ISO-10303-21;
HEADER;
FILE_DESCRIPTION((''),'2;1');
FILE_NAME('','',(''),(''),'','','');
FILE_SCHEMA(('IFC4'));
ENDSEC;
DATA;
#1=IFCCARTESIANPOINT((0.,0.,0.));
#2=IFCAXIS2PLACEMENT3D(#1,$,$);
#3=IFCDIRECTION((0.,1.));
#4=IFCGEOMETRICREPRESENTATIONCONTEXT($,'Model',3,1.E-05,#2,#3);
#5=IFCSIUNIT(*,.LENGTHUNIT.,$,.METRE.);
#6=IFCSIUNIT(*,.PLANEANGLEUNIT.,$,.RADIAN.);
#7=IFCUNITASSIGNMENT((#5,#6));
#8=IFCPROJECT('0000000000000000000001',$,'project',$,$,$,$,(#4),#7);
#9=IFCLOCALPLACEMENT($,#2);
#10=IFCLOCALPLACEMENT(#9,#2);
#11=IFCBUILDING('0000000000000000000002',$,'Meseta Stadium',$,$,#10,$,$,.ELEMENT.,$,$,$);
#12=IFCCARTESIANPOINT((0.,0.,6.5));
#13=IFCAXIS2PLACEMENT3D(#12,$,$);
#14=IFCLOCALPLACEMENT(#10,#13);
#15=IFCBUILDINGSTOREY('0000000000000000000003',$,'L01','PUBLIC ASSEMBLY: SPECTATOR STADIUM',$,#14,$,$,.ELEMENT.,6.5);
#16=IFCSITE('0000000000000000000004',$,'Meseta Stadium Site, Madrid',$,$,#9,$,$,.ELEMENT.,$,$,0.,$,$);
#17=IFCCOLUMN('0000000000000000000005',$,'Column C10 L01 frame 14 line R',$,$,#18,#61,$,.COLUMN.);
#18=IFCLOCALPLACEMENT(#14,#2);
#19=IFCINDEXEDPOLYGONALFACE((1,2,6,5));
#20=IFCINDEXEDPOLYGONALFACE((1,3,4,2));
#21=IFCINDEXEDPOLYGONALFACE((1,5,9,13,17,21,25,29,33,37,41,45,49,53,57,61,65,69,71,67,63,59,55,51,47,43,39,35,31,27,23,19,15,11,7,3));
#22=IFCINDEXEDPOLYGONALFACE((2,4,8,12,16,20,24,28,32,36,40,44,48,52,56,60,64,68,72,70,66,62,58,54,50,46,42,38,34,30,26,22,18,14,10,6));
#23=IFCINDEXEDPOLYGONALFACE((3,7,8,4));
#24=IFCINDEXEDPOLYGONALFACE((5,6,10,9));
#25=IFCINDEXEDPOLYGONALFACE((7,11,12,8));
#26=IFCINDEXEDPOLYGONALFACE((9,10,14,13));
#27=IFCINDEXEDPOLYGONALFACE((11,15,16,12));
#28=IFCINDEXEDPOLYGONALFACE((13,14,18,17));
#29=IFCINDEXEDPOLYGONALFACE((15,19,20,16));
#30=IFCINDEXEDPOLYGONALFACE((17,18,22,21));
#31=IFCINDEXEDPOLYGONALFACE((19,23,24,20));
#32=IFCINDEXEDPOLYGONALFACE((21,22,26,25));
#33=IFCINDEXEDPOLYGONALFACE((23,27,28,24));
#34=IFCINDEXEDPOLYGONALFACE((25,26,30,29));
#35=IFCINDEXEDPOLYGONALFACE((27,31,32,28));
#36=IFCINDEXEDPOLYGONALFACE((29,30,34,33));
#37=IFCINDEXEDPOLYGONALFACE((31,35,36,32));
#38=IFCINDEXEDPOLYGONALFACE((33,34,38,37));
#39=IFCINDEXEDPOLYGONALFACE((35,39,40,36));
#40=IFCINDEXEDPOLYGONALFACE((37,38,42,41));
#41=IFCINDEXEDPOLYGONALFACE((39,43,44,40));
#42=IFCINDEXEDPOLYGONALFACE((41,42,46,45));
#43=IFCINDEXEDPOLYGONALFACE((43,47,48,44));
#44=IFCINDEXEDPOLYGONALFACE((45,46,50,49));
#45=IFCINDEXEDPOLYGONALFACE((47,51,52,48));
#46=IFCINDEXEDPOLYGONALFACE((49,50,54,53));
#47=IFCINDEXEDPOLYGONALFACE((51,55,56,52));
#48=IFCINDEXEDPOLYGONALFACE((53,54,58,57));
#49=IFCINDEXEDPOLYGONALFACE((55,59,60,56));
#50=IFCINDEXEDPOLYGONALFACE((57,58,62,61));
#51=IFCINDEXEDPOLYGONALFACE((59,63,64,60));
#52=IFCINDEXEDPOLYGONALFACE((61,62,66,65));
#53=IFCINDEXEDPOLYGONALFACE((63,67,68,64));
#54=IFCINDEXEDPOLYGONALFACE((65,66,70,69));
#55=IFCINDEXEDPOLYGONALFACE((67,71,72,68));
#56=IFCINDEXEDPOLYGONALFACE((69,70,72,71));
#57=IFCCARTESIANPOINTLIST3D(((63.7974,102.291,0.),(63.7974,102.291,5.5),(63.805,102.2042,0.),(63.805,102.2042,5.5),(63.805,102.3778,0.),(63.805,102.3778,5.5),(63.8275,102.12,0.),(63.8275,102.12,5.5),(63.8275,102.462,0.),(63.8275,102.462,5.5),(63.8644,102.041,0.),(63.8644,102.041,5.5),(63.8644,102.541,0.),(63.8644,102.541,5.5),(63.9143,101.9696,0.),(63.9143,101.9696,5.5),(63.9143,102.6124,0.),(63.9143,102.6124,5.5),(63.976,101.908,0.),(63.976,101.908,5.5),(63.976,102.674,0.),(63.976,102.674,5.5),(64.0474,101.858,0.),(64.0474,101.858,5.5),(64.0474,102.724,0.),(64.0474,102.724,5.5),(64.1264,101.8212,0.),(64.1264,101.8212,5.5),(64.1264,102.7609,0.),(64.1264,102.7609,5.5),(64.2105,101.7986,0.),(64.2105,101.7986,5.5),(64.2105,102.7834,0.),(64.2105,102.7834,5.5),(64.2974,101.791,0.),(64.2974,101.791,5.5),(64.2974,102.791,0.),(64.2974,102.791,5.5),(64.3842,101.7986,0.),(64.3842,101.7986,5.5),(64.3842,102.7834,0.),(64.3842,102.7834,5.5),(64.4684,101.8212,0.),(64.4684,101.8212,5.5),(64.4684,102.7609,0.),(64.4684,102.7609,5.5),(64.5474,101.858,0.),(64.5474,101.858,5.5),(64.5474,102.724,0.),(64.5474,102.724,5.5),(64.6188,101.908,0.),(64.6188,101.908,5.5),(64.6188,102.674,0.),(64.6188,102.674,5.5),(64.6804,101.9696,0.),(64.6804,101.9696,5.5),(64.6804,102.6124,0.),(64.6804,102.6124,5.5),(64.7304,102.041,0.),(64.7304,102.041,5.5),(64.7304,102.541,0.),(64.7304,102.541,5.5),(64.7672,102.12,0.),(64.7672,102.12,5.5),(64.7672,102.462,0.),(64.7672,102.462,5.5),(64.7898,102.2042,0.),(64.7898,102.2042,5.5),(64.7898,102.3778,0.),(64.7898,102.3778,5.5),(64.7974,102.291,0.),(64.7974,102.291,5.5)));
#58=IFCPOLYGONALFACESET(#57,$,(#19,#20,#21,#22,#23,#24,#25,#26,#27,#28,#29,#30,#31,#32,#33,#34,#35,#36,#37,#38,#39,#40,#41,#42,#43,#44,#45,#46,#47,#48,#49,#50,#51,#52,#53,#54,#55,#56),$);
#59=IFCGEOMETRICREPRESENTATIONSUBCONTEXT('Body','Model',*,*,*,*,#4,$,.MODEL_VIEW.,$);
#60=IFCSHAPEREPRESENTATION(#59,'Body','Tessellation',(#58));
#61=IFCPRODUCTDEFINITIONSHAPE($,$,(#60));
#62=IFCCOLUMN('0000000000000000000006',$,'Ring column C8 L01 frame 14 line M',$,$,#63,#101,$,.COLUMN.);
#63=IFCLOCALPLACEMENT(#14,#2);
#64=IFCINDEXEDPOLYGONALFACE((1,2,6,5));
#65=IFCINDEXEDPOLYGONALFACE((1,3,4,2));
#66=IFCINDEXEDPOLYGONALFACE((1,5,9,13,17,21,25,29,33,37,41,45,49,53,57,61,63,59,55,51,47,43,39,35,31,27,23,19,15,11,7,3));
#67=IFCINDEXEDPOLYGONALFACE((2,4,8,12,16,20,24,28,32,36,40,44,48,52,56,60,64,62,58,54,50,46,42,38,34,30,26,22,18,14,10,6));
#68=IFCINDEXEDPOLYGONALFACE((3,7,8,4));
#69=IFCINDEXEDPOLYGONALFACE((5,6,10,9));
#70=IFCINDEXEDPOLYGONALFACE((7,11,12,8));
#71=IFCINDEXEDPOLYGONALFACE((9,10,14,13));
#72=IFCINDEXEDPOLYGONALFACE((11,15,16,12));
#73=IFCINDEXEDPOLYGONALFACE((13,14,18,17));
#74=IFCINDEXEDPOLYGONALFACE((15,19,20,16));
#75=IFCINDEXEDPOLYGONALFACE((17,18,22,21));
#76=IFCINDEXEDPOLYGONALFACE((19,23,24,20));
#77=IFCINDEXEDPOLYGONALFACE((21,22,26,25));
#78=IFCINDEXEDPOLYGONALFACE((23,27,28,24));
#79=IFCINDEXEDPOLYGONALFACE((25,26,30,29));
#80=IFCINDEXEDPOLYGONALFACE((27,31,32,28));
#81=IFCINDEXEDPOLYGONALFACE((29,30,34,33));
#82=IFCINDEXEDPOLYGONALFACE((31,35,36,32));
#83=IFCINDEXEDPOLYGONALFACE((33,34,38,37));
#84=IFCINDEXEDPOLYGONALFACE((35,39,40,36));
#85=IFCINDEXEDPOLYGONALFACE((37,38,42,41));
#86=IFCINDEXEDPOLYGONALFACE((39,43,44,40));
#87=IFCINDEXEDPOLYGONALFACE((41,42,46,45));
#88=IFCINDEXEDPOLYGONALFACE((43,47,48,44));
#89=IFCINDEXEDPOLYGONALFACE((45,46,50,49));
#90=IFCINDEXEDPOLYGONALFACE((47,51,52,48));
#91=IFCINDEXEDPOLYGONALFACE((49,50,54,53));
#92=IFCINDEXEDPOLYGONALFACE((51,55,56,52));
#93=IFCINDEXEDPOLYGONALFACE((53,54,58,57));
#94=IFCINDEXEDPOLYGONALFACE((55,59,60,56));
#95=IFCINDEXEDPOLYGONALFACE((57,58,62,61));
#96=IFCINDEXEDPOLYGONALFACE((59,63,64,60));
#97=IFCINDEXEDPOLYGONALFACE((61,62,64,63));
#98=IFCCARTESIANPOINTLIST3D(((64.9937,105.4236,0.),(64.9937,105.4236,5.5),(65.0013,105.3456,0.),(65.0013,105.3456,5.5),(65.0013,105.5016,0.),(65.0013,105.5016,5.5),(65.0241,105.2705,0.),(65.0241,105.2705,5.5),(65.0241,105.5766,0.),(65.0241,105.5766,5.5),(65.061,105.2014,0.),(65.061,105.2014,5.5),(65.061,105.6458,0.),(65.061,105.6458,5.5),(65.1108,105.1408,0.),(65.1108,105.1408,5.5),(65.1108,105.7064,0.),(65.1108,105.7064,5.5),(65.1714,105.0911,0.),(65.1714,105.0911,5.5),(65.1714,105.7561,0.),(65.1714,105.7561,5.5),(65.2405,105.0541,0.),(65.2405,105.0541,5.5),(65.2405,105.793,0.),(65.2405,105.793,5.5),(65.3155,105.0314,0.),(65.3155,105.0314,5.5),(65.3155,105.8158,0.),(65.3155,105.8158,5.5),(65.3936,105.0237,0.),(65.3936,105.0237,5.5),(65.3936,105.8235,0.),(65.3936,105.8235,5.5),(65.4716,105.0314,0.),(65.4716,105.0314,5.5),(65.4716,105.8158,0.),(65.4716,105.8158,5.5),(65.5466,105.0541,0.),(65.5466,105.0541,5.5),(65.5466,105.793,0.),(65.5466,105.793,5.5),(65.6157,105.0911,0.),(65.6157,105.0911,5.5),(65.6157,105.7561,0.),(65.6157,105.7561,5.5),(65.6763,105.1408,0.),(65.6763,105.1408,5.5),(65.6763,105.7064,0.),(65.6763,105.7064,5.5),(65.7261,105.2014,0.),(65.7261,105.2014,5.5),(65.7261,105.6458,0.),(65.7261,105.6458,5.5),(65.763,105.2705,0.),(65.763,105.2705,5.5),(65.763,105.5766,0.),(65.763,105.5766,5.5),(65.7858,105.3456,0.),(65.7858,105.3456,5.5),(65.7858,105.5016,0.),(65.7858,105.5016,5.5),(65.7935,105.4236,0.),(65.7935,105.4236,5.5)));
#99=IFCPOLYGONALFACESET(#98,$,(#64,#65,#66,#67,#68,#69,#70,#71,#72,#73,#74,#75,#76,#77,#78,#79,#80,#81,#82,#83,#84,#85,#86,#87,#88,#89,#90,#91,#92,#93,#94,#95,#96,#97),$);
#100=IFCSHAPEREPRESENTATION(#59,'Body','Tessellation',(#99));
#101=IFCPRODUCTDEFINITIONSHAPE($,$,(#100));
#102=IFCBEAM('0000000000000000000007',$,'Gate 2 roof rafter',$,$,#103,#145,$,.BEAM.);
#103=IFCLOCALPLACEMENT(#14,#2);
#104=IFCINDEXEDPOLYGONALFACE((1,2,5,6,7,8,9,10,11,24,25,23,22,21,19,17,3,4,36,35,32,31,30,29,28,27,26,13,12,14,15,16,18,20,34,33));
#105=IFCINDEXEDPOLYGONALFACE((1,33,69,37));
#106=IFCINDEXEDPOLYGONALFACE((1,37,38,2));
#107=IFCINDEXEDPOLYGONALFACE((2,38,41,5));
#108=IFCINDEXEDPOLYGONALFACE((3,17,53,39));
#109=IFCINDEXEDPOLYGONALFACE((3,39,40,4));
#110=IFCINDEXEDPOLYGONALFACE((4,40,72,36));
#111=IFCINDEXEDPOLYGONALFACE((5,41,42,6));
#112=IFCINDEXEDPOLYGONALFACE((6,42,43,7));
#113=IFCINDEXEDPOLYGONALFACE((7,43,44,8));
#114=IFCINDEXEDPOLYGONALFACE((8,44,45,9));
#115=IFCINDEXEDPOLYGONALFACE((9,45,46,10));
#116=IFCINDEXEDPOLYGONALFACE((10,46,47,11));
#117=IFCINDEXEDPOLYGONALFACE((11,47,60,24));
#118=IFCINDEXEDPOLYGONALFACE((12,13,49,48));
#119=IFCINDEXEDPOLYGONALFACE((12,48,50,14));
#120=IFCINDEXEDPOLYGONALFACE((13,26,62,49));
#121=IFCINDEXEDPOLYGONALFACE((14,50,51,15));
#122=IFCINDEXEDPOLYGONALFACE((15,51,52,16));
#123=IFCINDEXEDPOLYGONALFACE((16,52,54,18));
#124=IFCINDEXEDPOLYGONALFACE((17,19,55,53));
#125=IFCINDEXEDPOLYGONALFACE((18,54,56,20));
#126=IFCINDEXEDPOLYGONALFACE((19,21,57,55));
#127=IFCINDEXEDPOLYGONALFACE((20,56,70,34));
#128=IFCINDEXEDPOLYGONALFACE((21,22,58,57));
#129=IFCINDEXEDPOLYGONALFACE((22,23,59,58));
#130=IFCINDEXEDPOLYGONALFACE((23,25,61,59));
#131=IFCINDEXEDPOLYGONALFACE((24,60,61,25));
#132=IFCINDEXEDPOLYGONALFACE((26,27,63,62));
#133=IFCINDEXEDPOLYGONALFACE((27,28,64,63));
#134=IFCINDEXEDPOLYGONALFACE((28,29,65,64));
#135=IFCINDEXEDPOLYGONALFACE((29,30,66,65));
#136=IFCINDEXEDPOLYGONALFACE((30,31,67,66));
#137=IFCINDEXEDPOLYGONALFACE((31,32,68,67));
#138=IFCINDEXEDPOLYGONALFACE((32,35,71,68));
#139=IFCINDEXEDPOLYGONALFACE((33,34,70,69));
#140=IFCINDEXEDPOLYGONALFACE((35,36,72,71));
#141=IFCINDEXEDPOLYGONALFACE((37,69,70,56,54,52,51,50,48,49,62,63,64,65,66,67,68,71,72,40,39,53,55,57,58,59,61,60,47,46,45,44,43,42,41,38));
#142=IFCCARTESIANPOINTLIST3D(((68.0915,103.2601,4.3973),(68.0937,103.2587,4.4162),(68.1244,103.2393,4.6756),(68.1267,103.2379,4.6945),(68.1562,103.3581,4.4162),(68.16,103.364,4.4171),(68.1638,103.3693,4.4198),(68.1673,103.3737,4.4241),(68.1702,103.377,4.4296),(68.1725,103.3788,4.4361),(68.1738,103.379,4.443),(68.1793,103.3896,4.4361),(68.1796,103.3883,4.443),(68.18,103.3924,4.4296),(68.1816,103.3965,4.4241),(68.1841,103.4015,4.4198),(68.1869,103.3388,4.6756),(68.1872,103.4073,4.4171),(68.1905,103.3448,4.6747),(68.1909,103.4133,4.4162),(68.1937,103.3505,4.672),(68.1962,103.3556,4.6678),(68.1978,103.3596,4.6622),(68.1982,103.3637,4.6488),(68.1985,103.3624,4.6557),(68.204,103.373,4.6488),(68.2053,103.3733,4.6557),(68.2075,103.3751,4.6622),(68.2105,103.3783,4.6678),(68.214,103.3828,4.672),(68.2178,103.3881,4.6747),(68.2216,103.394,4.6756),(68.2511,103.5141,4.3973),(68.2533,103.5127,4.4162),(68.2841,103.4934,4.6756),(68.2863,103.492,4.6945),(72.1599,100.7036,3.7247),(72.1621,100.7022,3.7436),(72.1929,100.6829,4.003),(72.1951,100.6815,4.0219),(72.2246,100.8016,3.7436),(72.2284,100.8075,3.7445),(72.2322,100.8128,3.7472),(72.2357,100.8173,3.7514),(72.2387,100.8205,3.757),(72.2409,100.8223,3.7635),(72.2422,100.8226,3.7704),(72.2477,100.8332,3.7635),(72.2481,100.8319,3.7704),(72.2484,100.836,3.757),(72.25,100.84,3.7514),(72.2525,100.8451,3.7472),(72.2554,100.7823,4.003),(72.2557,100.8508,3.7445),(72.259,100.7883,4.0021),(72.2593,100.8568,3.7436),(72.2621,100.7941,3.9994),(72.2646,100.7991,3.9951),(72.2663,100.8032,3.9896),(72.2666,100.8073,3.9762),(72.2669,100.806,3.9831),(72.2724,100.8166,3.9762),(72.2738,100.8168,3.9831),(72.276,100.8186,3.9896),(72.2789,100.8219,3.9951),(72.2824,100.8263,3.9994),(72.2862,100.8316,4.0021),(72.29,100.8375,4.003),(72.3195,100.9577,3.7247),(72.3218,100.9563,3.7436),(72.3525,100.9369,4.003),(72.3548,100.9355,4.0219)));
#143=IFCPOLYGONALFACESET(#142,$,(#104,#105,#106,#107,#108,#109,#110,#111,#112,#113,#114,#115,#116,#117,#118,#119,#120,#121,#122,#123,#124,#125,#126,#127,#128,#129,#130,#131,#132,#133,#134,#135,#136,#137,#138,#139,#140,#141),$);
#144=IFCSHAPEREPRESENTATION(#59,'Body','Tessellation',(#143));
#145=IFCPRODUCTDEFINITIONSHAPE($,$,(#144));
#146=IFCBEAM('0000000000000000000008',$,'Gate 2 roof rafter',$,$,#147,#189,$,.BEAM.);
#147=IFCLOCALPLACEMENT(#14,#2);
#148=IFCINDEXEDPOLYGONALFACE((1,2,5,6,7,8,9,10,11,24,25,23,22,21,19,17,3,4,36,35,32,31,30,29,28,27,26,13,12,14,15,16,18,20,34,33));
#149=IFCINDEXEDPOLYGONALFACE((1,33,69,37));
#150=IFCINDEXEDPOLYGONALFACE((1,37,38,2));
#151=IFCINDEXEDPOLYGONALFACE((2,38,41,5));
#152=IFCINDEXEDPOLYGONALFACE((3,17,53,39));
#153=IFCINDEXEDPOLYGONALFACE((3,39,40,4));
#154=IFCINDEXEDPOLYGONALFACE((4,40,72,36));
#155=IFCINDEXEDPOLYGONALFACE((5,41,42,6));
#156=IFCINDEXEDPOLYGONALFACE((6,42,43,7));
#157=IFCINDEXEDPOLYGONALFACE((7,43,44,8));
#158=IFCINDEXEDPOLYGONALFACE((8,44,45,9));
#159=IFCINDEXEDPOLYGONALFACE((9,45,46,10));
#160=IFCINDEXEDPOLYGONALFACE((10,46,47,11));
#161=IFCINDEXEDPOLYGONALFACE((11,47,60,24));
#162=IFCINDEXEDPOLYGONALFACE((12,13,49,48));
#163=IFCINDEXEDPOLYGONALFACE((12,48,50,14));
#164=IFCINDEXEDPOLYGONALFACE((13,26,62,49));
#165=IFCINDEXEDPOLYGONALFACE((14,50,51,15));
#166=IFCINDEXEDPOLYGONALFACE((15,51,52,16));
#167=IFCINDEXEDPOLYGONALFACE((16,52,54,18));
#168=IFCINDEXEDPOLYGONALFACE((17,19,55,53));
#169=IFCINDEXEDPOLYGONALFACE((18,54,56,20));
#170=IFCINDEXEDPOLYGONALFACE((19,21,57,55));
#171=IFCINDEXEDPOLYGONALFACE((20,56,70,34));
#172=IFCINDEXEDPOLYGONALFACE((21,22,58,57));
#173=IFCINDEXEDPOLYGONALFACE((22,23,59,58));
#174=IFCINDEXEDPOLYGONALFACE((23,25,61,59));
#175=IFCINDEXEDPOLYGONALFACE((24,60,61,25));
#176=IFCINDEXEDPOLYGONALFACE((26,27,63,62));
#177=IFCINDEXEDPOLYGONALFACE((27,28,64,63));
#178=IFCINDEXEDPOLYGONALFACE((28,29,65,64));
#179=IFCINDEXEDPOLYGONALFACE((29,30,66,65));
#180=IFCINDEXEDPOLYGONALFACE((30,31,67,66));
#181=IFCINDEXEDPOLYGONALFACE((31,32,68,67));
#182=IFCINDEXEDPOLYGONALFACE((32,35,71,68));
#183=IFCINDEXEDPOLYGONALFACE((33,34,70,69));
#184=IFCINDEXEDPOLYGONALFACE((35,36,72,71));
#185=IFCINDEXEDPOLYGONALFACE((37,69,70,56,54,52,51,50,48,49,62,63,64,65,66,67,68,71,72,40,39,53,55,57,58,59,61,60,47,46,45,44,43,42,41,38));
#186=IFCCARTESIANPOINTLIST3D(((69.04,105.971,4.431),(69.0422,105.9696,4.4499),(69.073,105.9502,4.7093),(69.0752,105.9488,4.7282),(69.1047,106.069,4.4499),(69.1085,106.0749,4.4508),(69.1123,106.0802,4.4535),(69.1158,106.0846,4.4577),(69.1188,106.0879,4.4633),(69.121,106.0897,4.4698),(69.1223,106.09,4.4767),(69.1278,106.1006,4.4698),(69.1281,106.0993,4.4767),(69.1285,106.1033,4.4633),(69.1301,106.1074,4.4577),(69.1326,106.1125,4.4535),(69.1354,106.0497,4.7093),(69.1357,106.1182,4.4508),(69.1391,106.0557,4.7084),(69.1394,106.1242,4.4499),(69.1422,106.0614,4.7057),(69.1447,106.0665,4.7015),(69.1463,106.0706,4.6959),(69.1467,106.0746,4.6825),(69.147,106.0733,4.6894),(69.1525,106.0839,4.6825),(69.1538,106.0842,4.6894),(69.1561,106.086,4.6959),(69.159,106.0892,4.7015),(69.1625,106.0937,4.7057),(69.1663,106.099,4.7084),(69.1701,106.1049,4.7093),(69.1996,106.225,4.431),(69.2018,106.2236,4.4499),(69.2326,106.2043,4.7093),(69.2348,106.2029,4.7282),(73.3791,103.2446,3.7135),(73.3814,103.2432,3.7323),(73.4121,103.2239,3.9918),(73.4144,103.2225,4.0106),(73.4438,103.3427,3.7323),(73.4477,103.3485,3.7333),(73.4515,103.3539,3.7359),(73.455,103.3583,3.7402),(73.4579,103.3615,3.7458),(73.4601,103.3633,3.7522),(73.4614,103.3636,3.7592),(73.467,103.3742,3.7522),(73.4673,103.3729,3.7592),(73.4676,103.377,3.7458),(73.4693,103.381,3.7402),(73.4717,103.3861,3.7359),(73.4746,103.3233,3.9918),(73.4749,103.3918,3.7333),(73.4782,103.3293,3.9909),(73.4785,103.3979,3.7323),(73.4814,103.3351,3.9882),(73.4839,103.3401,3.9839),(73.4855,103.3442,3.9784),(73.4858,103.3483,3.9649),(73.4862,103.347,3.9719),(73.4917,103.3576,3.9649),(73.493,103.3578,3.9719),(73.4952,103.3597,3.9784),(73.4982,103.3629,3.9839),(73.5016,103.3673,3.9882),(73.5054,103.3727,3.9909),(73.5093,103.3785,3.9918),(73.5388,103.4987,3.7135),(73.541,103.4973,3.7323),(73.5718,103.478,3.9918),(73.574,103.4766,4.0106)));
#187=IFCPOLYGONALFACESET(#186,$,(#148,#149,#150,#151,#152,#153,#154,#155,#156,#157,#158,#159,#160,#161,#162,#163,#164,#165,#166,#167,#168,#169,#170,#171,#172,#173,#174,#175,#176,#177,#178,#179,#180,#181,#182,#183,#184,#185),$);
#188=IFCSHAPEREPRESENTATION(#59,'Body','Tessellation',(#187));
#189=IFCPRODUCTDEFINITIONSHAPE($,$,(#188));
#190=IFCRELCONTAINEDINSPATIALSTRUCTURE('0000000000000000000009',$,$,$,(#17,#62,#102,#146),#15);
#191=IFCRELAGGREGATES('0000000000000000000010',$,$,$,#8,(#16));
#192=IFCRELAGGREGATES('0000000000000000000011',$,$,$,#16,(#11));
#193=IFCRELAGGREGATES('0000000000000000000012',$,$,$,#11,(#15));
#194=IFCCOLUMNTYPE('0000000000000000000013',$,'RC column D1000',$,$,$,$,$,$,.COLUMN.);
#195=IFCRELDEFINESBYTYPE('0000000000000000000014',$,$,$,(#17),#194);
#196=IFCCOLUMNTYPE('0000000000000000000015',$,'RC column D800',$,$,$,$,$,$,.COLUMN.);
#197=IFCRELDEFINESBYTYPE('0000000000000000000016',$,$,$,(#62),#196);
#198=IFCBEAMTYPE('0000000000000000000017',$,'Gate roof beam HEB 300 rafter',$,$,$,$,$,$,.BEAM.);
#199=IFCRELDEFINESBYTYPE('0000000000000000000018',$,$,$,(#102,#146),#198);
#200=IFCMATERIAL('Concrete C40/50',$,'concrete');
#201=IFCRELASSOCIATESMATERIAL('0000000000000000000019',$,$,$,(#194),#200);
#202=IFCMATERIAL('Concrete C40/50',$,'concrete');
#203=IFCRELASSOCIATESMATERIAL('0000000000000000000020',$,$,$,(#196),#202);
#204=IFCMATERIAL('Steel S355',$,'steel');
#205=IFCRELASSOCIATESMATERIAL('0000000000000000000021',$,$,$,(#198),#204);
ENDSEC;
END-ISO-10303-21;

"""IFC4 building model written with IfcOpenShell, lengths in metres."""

from ifc_helpers import new_model, si_unit, direction, frame, origin, origin_2d, place, context, subcontext, project, spatial, circle, i_section, extrude, material, material_profile, profile_set, type_object, element, save


model = new_model("IFC4")

# Units and contexts
model_context = context("Model", 3, precision=1e-05, world=origin(), true_north=direction((0.0, 1.0)))
body_context = subcontext(model_context, "Body", "Model", "MODEL_VIEW")
ifc_project = project(units=[si_unit("LENGTHUNIT", "METRE"), si_unit("PLANEANGLEUNIT", "RADIAN")], contexts=[model_context])

# Site, building, storey
site_placement = place(None, origin())
site = spatial("IfcSite", under=ifc_project, at=site_placement, Name="Meseta Stadium Site, Madrid", CompositionType="ELEMENT", RefElevation=0.0)
building_placement = place(site_placement, origin())
building = spatial("IfcBuilding", under=site, at=building_placement, Name="Meseta Stadium", CompositionType="ELEMENT")
storey_placement = place(building_placement, frame((0.0, 0.0, 6.5)))
storey = spatial("IfcBuildingStorey", under=building, at=storey_placement, Name="L01", Description="PUBLIC ASSEMBLY: SPECTATOR STADIUM", CompositionType="ELEMENT", Elevation=6.5)

# Columns
ifc_material_1 = material(Name="Concrete C40/50", Category="concrete")
ifc_material_profile_1 = material_profile(ifc_material_1, circle(Radius=0.5, at=origin_2d()), Name="RC D1000")
ifc_profile_set_1 = profile_set([ifc_material_profile_1], Name="Concrete C40/50")
column_type_1 = type_object("IfcColumnType", Name="RC column D1000", PredefinedType="COLUMN", material=ifc_profile_set_1)
column_1_placement = place(storey_placement, frame((64.2974, 102.291, 0.0), z_axis=(0.0, 0.0, 1.0), x_axis=(1.0, 0.0, 0.0)))
element("IfcColumn", 1, at=column_1_placement, inside=storey, type_object=column_type_1, Name="Column C10 L01 frame 14 line R", PredefinedType="COLUMN", context=body_context, shape_type="SweptSolid", body=[
    extrude(circle(Radius=0.5, at=origin_2d()), origin(), (0.0, 0.0, 1.0), 5.5),
])
ifc_material_2 = material(Name="Concrete C40/50", Category="concrete")
ifc_material_profile_2 = material_profile(ifc_material_2, circle(Radius=0.3999, at=origin_2d()), Name="RC D800")
ifc_profile_set_2 = profile_set([ifc_material_profile_2], Name="Concrete C40/50")
column_type_2 = type_object("IfcColumnType", Name="RC column D800", PredefinedType="COLUMN", material=ifc_profile_set_2)
column_2_placement = place(storey_placement, frame((65.3936, 105.4236, 0.0), z_axis=(0.0, 0.0, 1.0), x_axis=(1.0, 0.0, 0.0)))
element("IfcColumn", 2, at=column_2_placement, inside=storey, type_object=column_type_2, Name="Ring column C8 L01 frame 14 line M", PredefinedType="COLUMN", context=body_context, shape_type="SweptSolid", body=[
    extrude(circle(Radius=0.3999, at=origin_2d()), origin(), (0.0, 0.0, 1.0), 5.5),
])

# Beams
ifc_material_3 = material(Name="Steel S355", Category="steel")
ifc_material_profile_3 = material_profile(ifc_material_3, i_section(OverallWidth=0.3, OverallDepth=0.3, WebThickness=0.011, FlangeThickness=0.019, FilletRadius=0.0271, at=origin_2d()), Name="HEB 300")
ifc_profile_set_3 = profile_set([ifc_material_profile_3], Name="Steel S355")
beam_type_1 = type_object("IfcBeamType", Name="Gate roof beam HEB 300 rafter", PredefinedType="BEAM", material=ifc_profile_set_3)
beam_1_placement = place(storey_placement, frame((72.2573, 100.8196, 3.8733), z_axis=(-0.838541, 0.526906, 0.138633), x_axis=(-0.532044, -0.846717, 0.0)))
element("IfcBeam", 3, at=beam_1_placement, inside=storey, type_object=beam_type_1, Name="Gate 2 roof rafter", PredefinedType="BEAM", context=body_context, shape_type="SweptSolid", body=[
    extrude(i_section(OverallWidth=0.3, OverallDepth=0.3, WebThickness=0.011, FlangeThickness=0.019, FilletRadius=0.0271, at=origin_2d()), origin(), (0.0, 0.0, 1.0), 4.8518),
])
beam_2_placement = place(storey_placement, frame((73.4766, 103.3606, 3.8621), z_axis=(-0.838555, 0.526875, 0.138666), x_axis=(-0.532014, -0.846735, 0.0)))
element("IfcBeam", 4, at=beam_2_placement, inside=storey, type_object=beam_type_1, Name="Gate 2 roof rafter", PredefinedType="BEAM", context=body_context, shape_type="SweptSolid", body=[
    extrude(i_section(OverallWidth=0.3, OverallDepth=0.3, WebThickness=0.011, FlangeThickness=0.019, FilletRadius=0.0271, at=origin_2d()), origin(), (0.0, 0.0, 1.0), 5.1746),
])

save(model, "model.ifc")
